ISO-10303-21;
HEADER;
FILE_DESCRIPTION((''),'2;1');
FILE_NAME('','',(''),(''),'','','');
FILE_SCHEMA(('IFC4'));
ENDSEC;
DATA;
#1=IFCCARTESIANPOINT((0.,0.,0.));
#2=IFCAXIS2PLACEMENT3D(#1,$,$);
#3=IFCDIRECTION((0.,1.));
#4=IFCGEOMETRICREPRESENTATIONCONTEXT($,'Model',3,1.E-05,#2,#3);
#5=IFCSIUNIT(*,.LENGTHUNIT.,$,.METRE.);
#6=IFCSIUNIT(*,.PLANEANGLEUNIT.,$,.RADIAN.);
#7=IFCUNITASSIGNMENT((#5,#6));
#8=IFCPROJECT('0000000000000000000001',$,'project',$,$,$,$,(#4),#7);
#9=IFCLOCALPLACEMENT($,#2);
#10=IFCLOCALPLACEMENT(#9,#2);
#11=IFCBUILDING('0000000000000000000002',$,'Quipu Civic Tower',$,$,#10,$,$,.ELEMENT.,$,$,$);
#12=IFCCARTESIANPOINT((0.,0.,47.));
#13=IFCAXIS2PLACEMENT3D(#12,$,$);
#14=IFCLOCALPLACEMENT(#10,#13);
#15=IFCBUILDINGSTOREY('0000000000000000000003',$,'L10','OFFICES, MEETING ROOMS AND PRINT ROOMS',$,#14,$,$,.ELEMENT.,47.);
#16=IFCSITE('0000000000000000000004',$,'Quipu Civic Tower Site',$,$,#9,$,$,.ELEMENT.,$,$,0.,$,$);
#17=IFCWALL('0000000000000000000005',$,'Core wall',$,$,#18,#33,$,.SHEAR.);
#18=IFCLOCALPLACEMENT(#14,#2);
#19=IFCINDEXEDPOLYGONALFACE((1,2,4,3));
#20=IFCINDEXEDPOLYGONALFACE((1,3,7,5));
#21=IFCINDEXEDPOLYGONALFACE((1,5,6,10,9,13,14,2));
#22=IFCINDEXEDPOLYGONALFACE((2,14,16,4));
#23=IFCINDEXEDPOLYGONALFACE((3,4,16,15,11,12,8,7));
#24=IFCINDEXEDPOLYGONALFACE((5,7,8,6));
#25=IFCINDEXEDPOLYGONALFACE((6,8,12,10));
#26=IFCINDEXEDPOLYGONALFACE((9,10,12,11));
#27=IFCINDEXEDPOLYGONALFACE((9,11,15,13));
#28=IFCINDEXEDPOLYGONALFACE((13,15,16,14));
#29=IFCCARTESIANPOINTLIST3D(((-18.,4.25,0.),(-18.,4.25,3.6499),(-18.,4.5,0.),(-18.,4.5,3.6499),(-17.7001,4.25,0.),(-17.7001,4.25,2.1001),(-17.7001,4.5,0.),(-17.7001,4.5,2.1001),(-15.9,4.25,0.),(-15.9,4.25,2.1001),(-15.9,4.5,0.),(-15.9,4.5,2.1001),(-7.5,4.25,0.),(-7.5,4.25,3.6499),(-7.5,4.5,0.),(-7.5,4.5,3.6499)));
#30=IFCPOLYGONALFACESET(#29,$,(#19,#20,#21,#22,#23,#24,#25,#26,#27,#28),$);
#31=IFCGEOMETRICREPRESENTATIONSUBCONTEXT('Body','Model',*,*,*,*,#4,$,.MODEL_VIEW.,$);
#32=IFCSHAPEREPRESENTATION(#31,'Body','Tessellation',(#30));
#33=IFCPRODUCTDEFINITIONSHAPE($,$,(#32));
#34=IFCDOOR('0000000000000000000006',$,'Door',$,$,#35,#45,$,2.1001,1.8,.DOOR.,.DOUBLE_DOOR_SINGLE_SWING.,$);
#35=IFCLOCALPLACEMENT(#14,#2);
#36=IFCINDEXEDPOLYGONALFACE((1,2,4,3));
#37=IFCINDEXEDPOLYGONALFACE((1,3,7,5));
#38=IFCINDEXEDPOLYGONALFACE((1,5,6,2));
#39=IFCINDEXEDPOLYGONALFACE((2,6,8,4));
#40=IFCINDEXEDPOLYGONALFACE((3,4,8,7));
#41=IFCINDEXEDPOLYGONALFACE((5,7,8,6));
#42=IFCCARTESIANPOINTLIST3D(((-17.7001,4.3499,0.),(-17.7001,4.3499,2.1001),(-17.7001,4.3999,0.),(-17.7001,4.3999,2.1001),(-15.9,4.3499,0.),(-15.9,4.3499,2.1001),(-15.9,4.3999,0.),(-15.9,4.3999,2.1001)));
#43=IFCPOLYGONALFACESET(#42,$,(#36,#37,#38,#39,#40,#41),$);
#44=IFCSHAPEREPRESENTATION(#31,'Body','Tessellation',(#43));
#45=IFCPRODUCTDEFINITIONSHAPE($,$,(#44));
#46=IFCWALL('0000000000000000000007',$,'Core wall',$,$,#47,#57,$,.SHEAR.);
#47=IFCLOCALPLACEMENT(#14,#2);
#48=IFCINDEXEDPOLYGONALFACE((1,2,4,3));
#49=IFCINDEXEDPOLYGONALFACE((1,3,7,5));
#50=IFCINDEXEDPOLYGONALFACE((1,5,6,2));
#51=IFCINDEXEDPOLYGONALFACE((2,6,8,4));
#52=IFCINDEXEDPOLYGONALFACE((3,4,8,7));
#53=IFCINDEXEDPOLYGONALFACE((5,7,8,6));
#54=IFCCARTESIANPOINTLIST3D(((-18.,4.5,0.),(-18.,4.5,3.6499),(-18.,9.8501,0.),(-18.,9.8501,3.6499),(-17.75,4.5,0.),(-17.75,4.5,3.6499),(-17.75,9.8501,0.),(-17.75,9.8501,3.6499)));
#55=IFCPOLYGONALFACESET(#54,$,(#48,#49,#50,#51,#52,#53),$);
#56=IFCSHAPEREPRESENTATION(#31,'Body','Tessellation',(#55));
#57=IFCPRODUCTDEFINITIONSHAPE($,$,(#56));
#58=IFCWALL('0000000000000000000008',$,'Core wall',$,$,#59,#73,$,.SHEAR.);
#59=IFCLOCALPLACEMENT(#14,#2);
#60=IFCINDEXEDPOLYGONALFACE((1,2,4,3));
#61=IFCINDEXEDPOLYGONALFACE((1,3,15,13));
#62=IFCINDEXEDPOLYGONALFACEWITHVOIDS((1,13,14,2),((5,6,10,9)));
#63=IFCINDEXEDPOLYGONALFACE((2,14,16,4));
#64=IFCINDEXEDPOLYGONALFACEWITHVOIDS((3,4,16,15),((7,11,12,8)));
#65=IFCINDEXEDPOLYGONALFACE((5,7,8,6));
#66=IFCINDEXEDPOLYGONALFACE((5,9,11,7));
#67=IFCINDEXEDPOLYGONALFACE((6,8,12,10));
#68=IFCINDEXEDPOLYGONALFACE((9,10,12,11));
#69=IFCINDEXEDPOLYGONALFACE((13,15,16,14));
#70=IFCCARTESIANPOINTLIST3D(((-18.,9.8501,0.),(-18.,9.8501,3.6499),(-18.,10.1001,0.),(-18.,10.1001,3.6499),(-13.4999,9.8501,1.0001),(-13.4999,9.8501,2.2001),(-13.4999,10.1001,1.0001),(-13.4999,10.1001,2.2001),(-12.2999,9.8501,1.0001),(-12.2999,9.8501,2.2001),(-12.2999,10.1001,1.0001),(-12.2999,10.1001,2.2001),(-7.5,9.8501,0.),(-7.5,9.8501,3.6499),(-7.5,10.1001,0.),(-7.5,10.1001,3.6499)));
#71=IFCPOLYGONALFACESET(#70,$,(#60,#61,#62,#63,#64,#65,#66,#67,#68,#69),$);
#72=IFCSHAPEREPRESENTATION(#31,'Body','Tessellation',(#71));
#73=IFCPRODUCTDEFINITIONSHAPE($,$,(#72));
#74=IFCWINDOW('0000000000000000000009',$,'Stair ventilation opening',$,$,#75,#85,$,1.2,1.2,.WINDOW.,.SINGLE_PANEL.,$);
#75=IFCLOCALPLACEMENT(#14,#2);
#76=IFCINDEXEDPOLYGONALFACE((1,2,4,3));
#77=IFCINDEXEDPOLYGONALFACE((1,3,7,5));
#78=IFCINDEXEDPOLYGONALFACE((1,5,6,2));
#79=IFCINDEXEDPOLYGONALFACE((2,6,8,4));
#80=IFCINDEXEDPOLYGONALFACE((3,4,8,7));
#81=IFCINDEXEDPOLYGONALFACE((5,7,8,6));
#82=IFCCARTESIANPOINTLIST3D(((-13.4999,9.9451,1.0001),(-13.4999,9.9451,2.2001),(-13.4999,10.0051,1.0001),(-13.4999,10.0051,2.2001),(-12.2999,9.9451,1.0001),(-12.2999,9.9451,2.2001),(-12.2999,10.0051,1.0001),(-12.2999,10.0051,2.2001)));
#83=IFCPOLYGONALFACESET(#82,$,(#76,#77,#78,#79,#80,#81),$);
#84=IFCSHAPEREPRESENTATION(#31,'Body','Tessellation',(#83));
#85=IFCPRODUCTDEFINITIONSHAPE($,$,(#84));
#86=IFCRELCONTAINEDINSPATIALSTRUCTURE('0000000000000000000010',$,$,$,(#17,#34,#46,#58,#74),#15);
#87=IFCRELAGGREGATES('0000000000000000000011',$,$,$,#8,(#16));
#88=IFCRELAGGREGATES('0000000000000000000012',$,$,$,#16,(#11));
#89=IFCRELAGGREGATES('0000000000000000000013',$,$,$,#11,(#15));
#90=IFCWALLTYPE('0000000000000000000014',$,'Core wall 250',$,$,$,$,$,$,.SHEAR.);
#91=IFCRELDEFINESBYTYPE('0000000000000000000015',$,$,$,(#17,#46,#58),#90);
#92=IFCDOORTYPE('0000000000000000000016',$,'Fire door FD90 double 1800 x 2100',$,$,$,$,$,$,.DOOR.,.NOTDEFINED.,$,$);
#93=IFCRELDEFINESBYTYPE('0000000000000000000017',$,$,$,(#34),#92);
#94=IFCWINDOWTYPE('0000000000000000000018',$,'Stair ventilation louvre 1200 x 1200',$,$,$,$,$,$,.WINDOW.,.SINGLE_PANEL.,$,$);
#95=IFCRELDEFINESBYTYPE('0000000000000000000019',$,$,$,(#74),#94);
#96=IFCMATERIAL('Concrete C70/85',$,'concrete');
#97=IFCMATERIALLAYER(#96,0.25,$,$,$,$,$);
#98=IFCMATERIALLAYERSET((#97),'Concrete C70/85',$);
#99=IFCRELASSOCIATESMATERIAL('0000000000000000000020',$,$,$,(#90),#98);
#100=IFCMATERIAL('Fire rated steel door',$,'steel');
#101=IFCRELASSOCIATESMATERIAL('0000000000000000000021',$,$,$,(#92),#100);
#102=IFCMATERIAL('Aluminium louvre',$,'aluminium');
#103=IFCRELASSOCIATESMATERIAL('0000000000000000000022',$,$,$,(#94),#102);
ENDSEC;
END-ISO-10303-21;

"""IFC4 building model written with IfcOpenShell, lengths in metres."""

from ifc_helpers import new_model, si_unit, direction, frame, frame_2d, origin, place, context, subcontext, project, spatial, rectangle, extrude, material, layer, layer_set, type_object, element, fill, save


model = new_model("IFC4")

# Units and contexts
model_context = context("Model", 3, precision=1e-05, world=origin(), true_north=direction((0.0, 1.0)))
body_context = subcontext(model_context, "Body", "Model", "MODEL_VIEW")
ifc_project = project(units=[si_unit("LENGTHUNIT", "METRE"), si_unit("PLANEANGLEUNIT", "RADIAN")], contexts=[model_context])

# Site, building, storey
site_placement = place(None, origin())
site = spatial("IfcSite", under=ifc_project, at=site_placement, Name="Quipu Civic Tower Site", CompositionType="ELEMENT", RefElevation=0.0)
building_placement = place(site_placement, origin())
building = spatial("IfcBuilding", under=site, at=building_placement, Name="Quipu Civic Tower", CompositionType="ELEMENT")
storey_placement = place(building_placement, frame((0.0, 0.0, 47.0)))
storey = spatial("IfcBuildingStorey", under=building, at=storey_placement, Name="L10", Description="OFFICES, MEETING ROOMS AND PRINT ROOMS", CompositionType="ELEMENT", Elevation=47.0)

# Shared definitions
ifc_material_1 = material(Name="Concrete C70/85", Category="concrete")
ifc_layer_1 = layer(ifc_material_1, 0.25)
ifc_layer_set_1 = layer_set([ifc_layer_1], Name="Concrete C70/85")
wall_type_1 = type_object("IfcWallType", Name="Core wall 250", PredefinedType="SHEAR", material=ifc_layer_set_1)
ifc_material_2 = material(Name="Fire rated steel door", Category="steel")
door_type_1 = type_object("IfcDoorType", Name="Fire door FD90 double 1800 x 2100", OperationType="NOTDEFINED", PredefinedType="DOOR", material=ifc_material_2)

# Wall, opening, door
wall_1_placement = place(storey_placement, frame((-18.0, 4.375, 0.0), z_axis=(0.0, 0.0, 1.0), x_axis=(1.0, 0.0, 0.0)))
wall_1 = element("IfcWall", 1, at=wall_1_placement, inside=storey, type_object=wall_type_1, Name="Core wall", PredefinedType="SHEAR", context=body_context, shape_type="SweptSolid", body=[
    extrude(rectangle(XDim=10.5, YDim=0.25, at=frame_2d((5.25, 0.0))), origin(), (0.0, 0.0, 1.0), 3.6499),
])
opening_1_placement = place(wall_1_placement, frame((0.3, 0.0, 0.0)))
opening_1 = element("IfcOpeningElement", 2, at=opening_1_placement, cuts=wall_1, PredefinedType="OPENING", context=body_context, shape_type="SweptSolid", body=[
    extrude(rectangle(XDim=1.8, YDim=2.1001, at=frame_2d((0.8999, 1.05))), frame((0.0, 0.135, 0.0), z_axis=(0.0, -1.0, 0.0), x_axis=(1.0, 0.0, 0.0)), (0.0, 0.0, 1.0), 0.27),
])
door_1_placement = place(opening_1_placement, origin())
door_1 = element("IfcDoor", 3, at=door_1_placement, inside=storey, type_object=door_type_1, Name="Door", OperationType="DOUBLE_DOOR_SINGLE_SWING", OverallHeight=2.1001, OverallWidth=1.8, PredefinedType="DOOR", context=body_context, shape_type="SweptSolid", body=[
    extrude(rectangle(XDim=1.8, YDim=2.1001, at=frame_2d((0.8999, 1.05))), frame((0.0, 0.0249, 0.0), z_axis=(0.0, -1.0, 0.0), x_axis=(1.0, 0.0, 0.0)), (0.0, 0.0, 1.0), 0.05),
])
fill(opening_1, door_1)

# Wall
wall_2_placement = place(storey_placement, frame((-17.875, 4.5, 0.0), z_axis=(0.0, 0.0, 1.0), x_axis=(0.0, 1.0, 0.0)))
element("IfcWall", 4, at=wall_2_placement, inside=storey, type_object=wall_type_1, Name="Core wall", PredefinedType="SHEAR", context=body_context, shape_type="SweptSolid", body=[
    extrude(rectangle(XDim=5.3501, YDim=0.25, at=frame_2d((2.675, 0.0))), origin(), (0.0, 0.0, 1.0), 3.6499),
])

# Wall, opening, window
wall_3_placement = place(storey_placement, frame((-18.0, 9.9751, 0.0), z_axis=(0.0, 0.0, 1.0), x_axis=(1.0, 0.0, 0.0)))
wall_3 = element("IfcWall", 5, at=wall_3_placement, inside=storey, type_object=wall_type_1, Name="Core wall", PredefinedType="SHEAR", context=body_context, shape_type="SweptSolid", body=[
    extrude(rectangle(XDim=10.5, YDim=0.25, at=frame_2d((5.25, 0.0))), origin(), (0.0, 0.0, 1.0), 3.6499),
])
opening_2_placement = place(wall_3_placement, frame((4.5, 0.0, 1.0)))
opening_2 = element("IfcOpeningElement", 6, at=opening_2_placement, cuts=wall_3, PredefinedType="OPENING", context=body_context, shape_type="SweptSolid", body=[
    extrude(rectangle(XDim=1.2, YDim=1.2, at=frame_2d((0.6001, 0.6001))), frame((0.0, 0.135, 0.0), z_axis=(0.0, -1.0, 0.0), x_axis=(1.0, 0.0, 0.0)), (0.0, 0.0, 1.0), 0.27),
])
ifc_material_3 = material(Name="Aluminium louvre", Category="aluminium")
window_type = type_object("IfcWindowType", Name="Stair ventilation louvre 1200 x 1200", PartitioningType="SINGLE_PANEL", PredefinedType="WINDOW", material=ifc_material_3)
window_placement = place(opening_2_placement, origin())
window = element("IfcWindow", 7, at=window_placement, inside=storey, type_object=window_type, Name="Stair ventilation opening", OverallHeight=1.2, OverallWidth=1.2, PartitioningType="SINGLE_PANEL", PredefinedType="WINDOW", context=body_context, shape_type="SweptSolid", body=[
    extrude(rectangle(XDim=1.2, YDim=1.2, at=frame_2d((0.6001, 0.6001))), frame((0.0, 0.03, 0.0), z_axis=(0.0, -1.0, 0.0), x_axis=(1.0, 0.0, 0.0)), (0.0, 0.0, 1.0), 0.0601),
])
fill(opening_2, window)

save(model, "model.ifc")
